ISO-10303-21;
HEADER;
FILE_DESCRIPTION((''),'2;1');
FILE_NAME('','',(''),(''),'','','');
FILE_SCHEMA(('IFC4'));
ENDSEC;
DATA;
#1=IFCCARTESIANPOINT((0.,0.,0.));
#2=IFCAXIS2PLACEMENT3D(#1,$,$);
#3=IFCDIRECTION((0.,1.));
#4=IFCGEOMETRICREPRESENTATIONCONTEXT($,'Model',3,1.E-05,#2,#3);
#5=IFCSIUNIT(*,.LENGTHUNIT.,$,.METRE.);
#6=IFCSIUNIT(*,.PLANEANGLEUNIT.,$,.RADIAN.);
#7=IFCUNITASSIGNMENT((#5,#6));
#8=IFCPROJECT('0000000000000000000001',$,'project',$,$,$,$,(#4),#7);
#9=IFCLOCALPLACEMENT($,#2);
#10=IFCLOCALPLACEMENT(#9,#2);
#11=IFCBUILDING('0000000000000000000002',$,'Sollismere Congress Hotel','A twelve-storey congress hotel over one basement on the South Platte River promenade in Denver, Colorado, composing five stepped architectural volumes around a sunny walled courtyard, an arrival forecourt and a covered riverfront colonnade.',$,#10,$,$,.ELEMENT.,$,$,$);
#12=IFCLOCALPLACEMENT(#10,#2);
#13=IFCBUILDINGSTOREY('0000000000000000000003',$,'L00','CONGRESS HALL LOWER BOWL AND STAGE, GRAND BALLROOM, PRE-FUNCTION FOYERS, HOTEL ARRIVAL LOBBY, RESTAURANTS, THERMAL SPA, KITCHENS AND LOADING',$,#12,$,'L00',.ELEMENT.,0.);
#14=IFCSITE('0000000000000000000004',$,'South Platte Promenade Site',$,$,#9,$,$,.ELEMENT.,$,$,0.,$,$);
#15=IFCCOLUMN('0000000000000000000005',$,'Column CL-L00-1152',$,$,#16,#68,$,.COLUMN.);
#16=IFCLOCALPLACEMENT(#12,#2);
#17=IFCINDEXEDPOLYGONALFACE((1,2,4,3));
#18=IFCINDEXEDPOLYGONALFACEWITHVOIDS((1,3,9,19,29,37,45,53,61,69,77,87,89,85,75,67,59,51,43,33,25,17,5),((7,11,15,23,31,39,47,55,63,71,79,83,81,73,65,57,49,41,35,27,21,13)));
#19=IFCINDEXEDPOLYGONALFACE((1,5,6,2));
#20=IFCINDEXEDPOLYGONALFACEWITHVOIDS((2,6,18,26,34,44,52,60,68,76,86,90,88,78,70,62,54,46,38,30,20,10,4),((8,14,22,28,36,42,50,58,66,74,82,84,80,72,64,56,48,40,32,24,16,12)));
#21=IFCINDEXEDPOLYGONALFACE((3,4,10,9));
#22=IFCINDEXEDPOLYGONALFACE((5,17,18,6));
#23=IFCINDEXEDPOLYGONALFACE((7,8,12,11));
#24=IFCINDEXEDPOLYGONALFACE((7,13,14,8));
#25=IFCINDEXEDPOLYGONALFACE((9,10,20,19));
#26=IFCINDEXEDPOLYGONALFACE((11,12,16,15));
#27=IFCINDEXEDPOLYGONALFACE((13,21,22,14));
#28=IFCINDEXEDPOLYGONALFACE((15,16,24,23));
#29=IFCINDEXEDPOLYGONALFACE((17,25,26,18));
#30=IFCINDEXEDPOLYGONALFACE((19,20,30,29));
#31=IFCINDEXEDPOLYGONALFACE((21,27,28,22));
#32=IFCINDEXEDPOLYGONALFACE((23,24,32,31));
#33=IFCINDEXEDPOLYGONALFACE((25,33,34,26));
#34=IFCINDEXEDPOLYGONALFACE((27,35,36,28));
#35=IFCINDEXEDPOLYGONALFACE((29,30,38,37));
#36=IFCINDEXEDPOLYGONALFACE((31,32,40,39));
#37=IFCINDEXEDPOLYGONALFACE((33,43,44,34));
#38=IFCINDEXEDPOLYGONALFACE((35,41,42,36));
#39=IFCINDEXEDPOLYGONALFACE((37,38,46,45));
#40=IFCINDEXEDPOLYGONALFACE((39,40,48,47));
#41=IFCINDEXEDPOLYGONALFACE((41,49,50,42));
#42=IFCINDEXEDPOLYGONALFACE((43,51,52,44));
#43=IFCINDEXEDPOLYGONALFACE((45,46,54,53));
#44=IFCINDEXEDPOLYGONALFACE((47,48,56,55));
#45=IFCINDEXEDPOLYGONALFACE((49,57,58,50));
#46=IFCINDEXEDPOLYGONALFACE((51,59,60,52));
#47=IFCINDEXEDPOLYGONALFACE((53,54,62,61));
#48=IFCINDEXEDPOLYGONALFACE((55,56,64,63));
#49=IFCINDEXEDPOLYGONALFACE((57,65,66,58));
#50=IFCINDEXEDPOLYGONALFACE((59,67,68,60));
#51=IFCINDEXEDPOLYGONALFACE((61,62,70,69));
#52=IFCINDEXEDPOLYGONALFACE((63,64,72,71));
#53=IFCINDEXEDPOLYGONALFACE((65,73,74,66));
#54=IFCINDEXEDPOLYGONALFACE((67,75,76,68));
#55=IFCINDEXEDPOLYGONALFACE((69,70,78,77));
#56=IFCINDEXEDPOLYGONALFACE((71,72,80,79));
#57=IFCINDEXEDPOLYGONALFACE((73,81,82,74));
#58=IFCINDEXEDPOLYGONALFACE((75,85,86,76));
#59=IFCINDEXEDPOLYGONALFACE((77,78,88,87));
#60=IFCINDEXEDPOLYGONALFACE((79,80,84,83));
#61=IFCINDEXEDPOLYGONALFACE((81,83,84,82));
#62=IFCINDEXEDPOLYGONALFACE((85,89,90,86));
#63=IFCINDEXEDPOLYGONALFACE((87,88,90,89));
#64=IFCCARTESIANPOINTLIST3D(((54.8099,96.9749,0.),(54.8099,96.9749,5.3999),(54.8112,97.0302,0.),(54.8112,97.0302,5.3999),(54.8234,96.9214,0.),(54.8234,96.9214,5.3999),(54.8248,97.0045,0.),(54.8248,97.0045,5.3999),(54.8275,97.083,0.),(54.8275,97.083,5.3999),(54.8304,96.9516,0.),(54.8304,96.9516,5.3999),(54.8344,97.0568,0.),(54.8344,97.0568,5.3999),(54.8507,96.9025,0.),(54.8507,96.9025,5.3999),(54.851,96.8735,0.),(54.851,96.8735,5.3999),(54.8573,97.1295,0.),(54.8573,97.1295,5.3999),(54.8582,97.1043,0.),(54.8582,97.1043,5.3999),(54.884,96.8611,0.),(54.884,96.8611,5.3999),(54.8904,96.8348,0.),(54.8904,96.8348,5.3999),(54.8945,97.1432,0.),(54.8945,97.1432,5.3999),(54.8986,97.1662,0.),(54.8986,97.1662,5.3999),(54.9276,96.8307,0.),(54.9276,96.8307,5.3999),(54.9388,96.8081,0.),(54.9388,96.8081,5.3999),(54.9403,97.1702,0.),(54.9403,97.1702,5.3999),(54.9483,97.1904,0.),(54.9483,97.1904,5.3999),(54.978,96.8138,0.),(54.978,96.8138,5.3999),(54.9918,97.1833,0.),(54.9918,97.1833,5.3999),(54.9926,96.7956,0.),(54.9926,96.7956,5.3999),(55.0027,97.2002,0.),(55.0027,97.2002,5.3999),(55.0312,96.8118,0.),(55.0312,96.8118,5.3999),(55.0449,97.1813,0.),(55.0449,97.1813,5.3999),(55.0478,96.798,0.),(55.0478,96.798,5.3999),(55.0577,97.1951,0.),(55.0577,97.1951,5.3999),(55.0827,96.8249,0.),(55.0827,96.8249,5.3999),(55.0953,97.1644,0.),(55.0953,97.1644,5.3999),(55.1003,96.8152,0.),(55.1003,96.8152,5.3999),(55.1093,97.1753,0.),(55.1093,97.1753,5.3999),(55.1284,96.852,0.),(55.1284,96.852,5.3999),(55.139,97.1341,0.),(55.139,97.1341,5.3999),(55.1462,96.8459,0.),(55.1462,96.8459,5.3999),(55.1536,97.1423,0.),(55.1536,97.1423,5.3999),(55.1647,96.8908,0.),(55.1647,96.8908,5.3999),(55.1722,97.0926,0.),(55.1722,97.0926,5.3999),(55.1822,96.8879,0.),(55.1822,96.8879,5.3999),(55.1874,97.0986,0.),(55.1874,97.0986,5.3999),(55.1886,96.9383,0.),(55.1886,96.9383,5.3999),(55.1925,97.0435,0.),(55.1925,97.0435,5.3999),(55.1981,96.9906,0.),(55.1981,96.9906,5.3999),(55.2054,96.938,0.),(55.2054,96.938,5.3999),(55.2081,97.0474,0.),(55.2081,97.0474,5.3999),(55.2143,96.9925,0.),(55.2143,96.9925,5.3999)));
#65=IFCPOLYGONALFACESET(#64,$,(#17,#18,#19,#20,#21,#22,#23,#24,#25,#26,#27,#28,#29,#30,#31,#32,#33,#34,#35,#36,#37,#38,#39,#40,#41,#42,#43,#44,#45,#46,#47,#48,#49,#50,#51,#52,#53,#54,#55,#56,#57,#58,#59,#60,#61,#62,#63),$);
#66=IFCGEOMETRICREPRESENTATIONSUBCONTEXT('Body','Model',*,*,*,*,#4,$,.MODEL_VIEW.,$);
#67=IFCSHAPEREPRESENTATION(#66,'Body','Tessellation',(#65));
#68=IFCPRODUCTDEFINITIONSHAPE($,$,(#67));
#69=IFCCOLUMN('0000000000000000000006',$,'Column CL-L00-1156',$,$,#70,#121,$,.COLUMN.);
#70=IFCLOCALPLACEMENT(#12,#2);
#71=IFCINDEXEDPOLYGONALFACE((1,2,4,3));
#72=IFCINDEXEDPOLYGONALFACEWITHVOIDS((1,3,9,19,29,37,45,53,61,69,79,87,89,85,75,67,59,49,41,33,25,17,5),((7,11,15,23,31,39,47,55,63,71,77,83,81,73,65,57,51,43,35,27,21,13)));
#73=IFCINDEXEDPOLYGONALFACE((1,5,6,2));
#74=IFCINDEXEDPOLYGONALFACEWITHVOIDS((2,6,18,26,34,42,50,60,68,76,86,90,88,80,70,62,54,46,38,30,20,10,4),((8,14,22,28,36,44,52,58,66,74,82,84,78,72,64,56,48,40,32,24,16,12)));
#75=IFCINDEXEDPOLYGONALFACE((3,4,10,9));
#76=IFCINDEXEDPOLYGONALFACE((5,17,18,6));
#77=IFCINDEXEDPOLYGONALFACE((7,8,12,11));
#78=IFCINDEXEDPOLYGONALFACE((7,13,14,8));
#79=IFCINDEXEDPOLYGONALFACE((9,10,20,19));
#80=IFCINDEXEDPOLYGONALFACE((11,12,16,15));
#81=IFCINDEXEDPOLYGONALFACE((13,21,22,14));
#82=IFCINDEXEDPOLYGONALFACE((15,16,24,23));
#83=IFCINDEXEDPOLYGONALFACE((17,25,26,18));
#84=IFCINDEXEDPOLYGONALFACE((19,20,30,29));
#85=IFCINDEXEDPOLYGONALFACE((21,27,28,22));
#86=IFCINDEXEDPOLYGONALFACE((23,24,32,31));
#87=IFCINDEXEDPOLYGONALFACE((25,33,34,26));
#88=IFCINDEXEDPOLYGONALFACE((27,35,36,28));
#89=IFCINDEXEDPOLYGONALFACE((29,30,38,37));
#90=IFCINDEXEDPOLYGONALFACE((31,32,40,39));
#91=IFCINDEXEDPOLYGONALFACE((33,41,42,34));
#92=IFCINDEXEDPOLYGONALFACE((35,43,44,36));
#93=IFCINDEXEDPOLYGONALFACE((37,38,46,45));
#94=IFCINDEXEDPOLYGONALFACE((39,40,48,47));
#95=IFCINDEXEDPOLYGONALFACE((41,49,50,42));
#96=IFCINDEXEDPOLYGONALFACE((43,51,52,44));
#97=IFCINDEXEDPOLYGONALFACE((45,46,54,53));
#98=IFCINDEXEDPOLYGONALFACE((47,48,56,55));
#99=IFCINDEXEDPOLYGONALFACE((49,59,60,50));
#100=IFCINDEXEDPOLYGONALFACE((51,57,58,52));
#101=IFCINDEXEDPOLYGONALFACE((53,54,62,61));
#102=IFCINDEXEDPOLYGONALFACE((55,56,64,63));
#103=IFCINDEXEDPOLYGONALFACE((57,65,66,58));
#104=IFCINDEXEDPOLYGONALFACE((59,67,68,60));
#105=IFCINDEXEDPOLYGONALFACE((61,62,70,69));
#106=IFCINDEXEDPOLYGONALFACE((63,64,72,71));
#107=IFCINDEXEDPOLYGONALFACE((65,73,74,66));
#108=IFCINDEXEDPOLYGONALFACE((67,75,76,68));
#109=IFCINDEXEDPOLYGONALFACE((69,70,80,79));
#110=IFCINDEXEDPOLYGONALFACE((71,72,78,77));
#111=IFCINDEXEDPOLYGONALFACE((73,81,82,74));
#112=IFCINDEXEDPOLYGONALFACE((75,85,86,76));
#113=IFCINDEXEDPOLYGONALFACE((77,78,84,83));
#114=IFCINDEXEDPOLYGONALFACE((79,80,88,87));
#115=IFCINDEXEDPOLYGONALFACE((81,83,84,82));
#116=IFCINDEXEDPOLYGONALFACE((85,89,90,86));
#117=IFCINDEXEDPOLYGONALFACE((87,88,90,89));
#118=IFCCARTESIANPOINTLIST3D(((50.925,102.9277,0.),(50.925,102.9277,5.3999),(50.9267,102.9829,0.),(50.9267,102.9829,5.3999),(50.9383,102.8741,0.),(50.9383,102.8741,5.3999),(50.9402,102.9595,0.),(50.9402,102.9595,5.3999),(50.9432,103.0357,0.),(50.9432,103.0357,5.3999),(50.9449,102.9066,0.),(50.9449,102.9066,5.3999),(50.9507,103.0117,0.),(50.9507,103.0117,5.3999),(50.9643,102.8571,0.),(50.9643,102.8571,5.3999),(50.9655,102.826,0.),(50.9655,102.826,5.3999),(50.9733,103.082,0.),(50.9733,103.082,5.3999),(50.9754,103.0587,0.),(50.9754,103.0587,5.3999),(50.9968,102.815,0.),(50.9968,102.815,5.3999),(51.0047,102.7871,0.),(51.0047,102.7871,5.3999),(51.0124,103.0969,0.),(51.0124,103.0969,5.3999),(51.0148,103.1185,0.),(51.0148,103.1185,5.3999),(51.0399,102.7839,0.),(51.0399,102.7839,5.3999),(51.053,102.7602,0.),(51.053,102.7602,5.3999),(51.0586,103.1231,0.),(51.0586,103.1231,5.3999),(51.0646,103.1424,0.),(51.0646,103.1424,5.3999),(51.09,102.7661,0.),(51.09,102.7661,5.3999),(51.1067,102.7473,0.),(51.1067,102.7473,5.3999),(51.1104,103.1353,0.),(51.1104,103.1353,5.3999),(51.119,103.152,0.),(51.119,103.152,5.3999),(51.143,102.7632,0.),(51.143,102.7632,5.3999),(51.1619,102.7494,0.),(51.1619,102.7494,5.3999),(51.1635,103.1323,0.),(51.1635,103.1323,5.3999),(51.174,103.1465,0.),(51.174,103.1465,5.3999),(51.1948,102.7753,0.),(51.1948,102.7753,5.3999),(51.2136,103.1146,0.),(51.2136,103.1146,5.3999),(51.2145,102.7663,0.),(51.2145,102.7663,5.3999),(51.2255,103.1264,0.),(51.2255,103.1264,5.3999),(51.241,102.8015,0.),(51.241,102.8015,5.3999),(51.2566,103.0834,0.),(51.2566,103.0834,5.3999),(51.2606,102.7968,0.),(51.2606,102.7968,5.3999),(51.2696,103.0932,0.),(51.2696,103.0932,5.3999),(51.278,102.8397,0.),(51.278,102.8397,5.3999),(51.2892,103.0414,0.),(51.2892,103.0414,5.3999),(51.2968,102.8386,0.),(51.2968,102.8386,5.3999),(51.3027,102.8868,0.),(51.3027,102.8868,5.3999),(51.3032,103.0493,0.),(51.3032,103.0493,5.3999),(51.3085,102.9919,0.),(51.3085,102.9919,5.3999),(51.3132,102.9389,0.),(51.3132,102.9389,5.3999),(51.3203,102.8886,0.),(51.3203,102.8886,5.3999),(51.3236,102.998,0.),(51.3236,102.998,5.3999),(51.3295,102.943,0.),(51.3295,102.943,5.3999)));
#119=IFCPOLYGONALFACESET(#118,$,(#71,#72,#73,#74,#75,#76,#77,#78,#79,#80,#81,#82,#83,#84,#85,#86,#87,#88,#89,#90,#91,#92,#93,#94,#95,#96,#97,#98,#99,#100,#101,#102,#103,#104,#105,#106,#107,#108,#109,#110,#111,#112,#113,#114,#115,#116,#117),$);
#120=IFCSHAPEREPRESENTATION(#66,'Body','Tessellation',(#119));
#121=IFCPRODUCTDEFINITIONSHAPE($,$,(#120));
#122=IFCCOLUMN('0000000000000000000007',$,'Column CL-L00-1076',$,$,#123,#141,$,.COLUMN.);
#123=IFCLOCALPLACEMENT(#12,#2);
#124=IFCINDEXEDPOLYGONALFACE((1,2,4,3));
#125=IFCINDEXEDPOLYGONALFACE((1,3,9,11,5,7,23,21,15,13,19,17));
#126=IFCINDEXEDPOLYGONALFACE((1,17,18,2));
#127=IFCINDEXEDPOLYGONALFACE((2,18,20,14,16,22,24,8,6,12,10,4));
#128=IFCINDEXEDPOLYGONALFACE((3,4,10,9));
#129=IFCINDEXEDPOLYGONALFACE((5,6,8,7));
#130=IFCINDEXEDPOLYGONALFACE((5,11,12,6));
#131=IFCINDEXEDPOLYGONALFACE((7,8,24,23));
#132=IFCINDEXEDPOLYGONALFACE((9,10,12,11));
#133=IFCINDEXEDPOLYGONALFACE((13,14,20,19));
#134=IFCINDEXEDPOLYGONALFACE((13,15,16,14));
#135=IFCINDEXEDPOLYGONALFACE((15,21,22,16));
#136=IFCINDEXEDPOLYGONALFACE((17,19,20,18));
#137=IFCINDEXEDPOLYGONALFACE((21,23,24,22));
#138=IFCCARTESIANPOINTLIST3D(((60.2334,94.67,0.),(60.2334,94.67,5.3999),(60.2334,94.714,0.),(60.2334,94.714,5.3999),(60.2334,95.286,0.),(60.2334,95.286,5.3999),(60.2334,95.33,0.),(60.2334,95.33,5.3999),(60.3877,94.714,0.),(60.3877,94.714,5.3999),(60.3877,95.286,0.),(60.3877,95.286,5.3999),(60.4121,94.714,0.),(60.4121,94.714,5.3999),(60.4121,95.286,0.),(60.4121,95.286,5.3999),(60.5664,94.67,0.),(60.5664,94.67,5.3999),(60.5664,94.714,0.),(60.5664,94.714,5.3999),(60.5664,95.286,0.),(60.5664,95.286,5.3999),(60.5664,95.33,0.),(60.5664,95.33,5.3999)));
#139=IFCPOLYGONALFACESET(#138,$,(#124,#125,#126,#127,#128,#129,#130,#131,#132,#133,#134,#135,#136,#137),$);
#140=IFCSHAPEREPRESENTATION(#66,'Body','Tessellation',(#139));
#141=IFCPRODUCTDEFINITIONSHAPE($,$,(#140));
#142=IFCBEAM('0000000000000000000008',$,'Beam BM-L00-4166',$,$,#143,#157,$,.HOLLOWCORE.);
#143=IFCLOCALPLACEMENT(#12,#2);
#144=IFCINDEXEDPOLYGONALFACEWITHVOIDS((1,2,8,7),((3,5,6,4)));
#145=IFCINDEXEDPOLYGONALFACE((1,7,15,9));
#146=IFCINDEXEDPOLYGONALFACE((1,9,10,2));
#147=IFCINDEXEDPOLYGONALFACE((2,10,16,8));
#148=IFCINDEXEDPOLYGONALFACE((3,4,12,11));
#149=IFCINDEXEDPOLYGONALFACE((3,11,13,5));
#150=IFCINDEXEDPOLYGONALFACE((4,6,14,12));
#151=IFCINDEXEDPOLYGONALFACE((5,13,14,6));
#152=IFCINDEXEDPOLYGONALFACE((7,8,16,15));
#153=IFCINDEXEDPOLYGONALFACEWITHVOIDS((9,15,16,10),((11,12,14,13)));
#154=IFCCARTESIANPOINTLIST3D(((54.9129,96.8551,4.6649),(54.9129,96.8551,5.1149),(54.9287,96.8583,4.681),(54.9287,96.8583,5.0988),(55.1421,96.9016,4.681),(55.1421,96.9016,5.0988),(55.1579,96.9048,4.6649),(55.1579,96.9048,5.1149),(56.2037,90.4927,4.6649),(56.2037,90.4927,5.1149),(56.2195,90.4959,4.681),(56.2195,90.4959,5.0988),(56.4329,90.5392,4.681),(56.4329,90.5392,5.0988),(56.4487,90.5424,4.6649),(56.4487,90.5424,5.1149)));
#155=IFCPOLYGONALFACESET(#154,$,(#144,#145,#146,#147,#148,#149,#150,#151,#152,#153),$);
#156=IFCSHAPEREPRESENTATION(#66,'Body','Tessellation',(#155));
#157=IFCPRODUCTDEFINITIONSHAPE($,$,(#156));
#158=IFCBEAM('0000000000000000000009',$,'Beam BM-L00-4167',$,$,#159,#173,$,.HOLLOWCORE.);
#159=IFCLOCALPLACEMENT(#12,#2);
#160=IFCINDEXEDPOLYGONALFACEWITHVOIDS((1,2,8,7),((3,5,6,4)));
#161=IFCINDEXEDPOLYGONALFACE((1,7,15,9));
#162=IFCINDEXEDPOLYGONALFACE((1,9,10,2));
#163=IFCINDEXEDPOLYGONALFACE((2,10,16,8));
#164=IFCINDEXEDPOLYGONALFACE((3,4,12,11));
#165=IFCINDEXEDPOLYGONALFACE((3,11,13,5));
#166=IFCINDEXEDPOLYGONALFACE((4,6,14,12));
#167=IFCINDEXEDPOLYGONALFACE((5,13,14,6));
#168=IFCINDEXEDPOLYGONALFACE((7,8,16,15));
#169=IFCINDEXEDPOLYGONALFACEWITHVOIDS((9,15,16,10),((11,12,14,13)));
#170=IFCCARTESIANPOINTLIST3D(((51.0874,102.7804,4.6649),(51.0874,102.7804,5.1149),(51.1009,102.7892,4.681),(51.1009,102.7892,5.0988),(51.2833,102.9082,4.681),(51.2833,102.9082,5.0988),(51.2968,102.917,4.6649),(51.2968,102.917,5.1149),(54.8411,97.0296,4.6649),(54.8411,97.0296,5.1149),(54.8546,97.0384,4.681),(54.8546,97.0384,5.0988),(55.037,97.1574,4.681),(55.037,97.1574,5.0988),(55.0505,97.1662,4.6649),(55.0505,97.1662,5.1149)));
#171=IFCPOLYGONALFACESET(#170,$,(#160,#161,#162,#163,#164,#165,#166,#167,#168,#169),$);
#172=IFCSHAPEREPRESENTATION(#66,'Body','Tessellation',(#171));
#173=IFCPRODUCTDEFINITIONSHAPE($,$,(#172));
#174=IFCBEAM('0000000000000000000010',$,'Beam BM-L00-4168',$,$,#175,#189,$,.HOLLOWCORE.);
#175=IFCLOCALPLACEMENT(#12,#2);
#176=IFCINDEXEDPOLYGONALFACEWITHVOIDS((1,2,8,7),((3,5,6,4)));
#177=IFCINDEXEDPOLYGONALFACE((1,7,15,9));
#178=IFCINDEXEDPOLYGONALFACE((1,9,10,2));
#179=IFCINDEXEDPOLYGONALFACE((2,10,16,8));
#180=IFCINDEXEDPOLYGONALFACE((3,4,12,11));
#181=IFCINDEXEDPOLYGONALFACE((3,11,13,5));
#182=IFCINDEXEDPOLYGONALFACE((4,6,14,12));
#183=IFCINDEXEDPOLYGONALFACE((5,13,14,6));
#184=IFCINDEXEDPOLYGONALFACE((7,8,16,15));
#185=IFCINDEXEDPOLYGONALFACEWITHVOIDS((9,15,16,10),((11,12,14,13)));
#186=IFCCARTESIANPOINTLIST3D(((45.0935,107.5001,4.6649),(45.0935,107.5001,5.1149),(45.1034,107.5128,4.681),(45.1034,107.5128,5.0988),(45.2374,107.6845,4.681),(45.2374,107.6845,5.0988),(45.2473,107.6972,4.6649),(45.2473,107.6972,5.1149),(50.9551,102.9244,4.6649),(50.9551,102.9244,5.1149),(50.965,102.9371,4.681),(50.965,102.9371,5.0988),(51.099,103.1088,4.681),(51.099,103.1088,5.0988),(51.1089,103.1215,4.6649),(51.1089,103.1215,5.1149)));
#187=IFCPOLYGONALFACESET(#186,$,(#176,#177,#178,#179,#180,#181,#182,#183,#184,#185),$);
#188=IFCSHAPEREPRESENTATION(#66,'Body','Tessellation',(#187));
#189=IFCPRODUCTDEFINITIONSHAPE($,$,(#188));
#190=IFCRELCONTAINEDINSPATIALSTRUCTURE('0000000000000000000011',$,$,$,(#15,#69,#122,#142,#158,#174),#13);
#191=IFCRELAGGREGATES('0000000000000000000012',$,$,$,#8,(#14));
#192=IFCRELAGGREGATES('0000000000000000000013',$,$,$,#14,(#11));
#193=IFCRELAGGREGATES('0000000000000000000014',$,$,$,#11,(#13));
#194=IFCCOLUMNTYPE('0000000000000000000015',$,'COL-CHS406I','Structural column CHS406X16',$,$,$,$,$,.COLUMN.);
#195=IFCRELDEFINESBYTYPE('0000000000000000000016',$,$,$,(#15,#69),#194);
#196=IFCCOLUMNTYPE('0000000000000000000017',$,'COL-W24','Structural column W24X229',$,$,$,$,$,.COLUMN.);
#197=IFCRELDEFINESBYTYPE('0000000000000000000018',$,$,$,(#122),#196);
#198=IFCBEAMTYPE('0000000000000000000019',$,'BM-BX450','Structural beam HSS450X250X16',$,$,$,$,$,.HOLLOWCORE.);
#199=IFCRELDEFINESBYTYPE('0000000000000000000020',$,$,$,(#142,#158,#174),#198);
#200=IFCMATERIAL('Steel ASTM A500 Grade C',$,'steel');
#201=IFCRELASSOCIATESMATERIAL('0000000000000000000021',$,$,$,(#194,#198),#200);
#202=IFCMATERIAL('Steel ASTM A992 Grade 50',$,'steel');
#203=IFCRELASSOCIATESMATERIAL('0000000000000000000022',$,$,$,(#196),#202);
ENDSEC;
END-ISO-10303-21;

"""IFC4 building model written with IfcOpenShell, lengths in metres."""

from ifc_helpers import new_model, si_unit, direction, frame, origin, origin_2d, place, context, subcontext, project, spatial, hollow_rectangle, hollow_circle, i_section, extrude, material, material_profile, profile_set, type_object, element, save


model = new_model("IFC4")

# Units and contexts
model_context = context("Model", 3, precision=1e-05, world=origin(), true_north=direction((0.0, 1.0)))
body_context = subcontext(model_context, "Body", "Model", "MODEL_VIEW")
ifc_project = project(units=[si_unit("LENGTHUNIT", "METRE"), si_unit("PLANEANGLEUNIT", "RADIAN")], contexts=[model_context])

# Site, building, storey
site_placement = place(None, origin())
site = spatial("IfcSite", under=ifc_project, at=site_placement, Name="South Platte Promenade Site", CompositionType="ELEMENT", RefElevation=0.0)
building_placement = place(site_placement, origin())
building = spatial("IfcBuilding", under=site, at=building_placement, Name="Sollismere Congress Hotel", Description="A twelve-storey congress hotel over one basement on the South Platte River promenade in Denver, Colorado, composing five stepped architectural volumes around a sunny walled courtyard, an arrival forecourt and a covered riverfront colonnade.", CompositionType="ELEMENT")
storey_placement = place(building_placement, origin())
storey = spatial("IfcBuildingStorey", under=building, at=storey_placement, Name="L00", Description="CONGRESS HALL LOWER BOWL AND STAGE, GRAND BALLROOM, PRE-FUNCTION FOYERS, HOTEL ARRIVAL LOBBY, RESTAURANTS, THERMAL SPA, KITCHENS AND LOADING", LongName="L00", CompositionType="ELEMENT", Elevation=0.0)

# Columns
ifc_material_1 = material(Name="Steel ASTM A500 Grade C", Category="steel")
ifc_material_profile_1 = material_profile(ifc_material_1, hollow_circle(Radius=0.2029, WallThickness=0.0161, at=origin_2d()), Name="CHS406X16")
ifc_profile_set_1 = profile_set([ifc_material_profile_1], Name="Steel ASTM A500 Grade C")
column_type_1 = type_object("IfcColumnType", Name="COL-CHS406I", Description="Structural column CHS406X16", PredefinedType="COLUMN", material=ifc_profile_set_1)
for number, where, z_axis, x_axis, name in (
    (1, (55.0115, 96.9976, 0.0), (0.0, 0.0, 1.0), (0.969317, 0.245815, 0.0), "Column CL-L00-1152"),
    (2, (51.1267, 102.9492, 0.0), (0.0, 0.0, 1.0), (0.86984, 0.493335, 0.0), "Column CL-L00-1156"),
):
    element("IfcColumn", number, at=place(storey_placement, frame(where, z_axis=z_axis, x_axis=x_axis)), inside=storey, type_object=column_type_1, Name=name, PredefinedType="COLUMN", context=body_context, shape_type="SweptSolid", body=[
        extrude(hollow_circle(Radius=0.2029, WallThickness=0.0161, at=origin_2d()), origin(), (0.0, 0.0, 1.0), 5.3999),
    ])
ifc_material_2 = material(Name="Steel ASTM A992 Grade 50", Category="steel")
ifc_material_profile_2 = material_profile(ifc_material_2, i_section(OverallWidth=0.333, OverallDepth=0.6599, WebThickness=0.0244, FlangeThickness=0.0439, at=origin_2d()), Name="W24X229")
ifc_profile_set_2 = profile_set([ifc_material_profile_2], Name="Steel ASTM A992 Grade 50")
column_type_2 = type_object("IfcColumnType", Name="COL-W24", Description="Structural column W24X229", PredefinedType="COLUMN", material=ifc_profile_set_2)
column_placement = place(storey_placement, frame((60.3999, 95.0, 0.0), z_axis=(0.0, 0.0, 1.0), x_axis=(1.0, 0.0, 0.0)))
element("IfcColumn", 3, at=column_placement, inside=storey, type_object=column_type_2, Name="Column CL-L00-1076", PredefinedType="COLUMN", context=body_context, shape_type="SweptSolid", body=[
    extrude(i_section(OverallWidth=0.333, OverallDepth=0.6599, WebThickness=0.0244, FlangeThickness=0.0439, at=origin_2d()), origin(), (0.0, 0.0, 1.0), 5.3999),
])

# Beams
ifc_material_profile_3 = material_profile(ifc_material_1, hollow_rectangle(XDim=0.25, YDim=0.45, WallThickness=0.0161, at=origin_2d()), Name="HSS450X250X16")
ifc_profile_set_3 = profile_set([ifc_material_profile_3], Name="Steel ASTM A500 Grade C")
beam_type_1 = type_object("IfcBeamType", Name="BM-BX450", Description="Structural beam HSS450X250X16", PredefinedType="HOLLOWCORE", material=ifc_profile_set_3)
beam_1_placement = place(storey_placement, frame((56.3262, 90.5176, 4.8899), z_axis=(-0.198827, 0.980035, 0.0), x_axis=(-0.980035, -0.198827, 0.0)))
element("IfcBeam", 4, at=beam_1_placement, inside=storey, type_object=beam_type_1, Name="Beam BM-L00-4166", PredefinedType="HOLLOWCORE", context=body_context, shape_type="SweptSolid", body=[
    extrude(hollow_rectangle(XDim=0.25, YDim=0.45, WallThickness=0.0161, at=origin_2d()), origin(), (0.0, 0.0, 1.0), 6.4919),
])
beam_2_placement = place(storey_placement, frame((54.9458, 97.0979, 4.8899), z_axis=(-0.546593, 0.837398, 0.0), x_axis=(-0.837398, -0.546593, 0.0)))
element("IfcBeam", 5, at=beam_2_placement, inside=storey, type_object=beam_type_1, Name="Beam BM-L00-4167", PredefinedType="HOLLOWCORE", context=body_context, shape_type="SweptSolid", body=[
    extrude(hollow_rectangle(XDim=0.25, YDim=0.45, WallThickness=0.0161, at=origin_2d()), origin(), (0.0, 0.0, 1.0), 6.8674),
])
beam_3_placement = place(storey_placement, frame((51.032, 103.0229, 4.8899), z_axis=(-0.788264, 0.615338, 0.0), x_axis=(-0.615338, -0.788264, 0.0)))
element("IfcBeam", 6, at=beam_3_placement, inside=storey, type_object=beam_type_1, Name="Beam BM-L00-4168", PredefinedType="HOLLOWCORE", context=body_context, shape_type="SweptSolid", body=[
    extrude(hollow_rectangle(XDim=0.25, YDim=0.45, WallThickness=0.0161, at=origin_2d()), origin(), (0.0, 0.0, 1.0), 7.436),
])

save(model, "model.ifc")
